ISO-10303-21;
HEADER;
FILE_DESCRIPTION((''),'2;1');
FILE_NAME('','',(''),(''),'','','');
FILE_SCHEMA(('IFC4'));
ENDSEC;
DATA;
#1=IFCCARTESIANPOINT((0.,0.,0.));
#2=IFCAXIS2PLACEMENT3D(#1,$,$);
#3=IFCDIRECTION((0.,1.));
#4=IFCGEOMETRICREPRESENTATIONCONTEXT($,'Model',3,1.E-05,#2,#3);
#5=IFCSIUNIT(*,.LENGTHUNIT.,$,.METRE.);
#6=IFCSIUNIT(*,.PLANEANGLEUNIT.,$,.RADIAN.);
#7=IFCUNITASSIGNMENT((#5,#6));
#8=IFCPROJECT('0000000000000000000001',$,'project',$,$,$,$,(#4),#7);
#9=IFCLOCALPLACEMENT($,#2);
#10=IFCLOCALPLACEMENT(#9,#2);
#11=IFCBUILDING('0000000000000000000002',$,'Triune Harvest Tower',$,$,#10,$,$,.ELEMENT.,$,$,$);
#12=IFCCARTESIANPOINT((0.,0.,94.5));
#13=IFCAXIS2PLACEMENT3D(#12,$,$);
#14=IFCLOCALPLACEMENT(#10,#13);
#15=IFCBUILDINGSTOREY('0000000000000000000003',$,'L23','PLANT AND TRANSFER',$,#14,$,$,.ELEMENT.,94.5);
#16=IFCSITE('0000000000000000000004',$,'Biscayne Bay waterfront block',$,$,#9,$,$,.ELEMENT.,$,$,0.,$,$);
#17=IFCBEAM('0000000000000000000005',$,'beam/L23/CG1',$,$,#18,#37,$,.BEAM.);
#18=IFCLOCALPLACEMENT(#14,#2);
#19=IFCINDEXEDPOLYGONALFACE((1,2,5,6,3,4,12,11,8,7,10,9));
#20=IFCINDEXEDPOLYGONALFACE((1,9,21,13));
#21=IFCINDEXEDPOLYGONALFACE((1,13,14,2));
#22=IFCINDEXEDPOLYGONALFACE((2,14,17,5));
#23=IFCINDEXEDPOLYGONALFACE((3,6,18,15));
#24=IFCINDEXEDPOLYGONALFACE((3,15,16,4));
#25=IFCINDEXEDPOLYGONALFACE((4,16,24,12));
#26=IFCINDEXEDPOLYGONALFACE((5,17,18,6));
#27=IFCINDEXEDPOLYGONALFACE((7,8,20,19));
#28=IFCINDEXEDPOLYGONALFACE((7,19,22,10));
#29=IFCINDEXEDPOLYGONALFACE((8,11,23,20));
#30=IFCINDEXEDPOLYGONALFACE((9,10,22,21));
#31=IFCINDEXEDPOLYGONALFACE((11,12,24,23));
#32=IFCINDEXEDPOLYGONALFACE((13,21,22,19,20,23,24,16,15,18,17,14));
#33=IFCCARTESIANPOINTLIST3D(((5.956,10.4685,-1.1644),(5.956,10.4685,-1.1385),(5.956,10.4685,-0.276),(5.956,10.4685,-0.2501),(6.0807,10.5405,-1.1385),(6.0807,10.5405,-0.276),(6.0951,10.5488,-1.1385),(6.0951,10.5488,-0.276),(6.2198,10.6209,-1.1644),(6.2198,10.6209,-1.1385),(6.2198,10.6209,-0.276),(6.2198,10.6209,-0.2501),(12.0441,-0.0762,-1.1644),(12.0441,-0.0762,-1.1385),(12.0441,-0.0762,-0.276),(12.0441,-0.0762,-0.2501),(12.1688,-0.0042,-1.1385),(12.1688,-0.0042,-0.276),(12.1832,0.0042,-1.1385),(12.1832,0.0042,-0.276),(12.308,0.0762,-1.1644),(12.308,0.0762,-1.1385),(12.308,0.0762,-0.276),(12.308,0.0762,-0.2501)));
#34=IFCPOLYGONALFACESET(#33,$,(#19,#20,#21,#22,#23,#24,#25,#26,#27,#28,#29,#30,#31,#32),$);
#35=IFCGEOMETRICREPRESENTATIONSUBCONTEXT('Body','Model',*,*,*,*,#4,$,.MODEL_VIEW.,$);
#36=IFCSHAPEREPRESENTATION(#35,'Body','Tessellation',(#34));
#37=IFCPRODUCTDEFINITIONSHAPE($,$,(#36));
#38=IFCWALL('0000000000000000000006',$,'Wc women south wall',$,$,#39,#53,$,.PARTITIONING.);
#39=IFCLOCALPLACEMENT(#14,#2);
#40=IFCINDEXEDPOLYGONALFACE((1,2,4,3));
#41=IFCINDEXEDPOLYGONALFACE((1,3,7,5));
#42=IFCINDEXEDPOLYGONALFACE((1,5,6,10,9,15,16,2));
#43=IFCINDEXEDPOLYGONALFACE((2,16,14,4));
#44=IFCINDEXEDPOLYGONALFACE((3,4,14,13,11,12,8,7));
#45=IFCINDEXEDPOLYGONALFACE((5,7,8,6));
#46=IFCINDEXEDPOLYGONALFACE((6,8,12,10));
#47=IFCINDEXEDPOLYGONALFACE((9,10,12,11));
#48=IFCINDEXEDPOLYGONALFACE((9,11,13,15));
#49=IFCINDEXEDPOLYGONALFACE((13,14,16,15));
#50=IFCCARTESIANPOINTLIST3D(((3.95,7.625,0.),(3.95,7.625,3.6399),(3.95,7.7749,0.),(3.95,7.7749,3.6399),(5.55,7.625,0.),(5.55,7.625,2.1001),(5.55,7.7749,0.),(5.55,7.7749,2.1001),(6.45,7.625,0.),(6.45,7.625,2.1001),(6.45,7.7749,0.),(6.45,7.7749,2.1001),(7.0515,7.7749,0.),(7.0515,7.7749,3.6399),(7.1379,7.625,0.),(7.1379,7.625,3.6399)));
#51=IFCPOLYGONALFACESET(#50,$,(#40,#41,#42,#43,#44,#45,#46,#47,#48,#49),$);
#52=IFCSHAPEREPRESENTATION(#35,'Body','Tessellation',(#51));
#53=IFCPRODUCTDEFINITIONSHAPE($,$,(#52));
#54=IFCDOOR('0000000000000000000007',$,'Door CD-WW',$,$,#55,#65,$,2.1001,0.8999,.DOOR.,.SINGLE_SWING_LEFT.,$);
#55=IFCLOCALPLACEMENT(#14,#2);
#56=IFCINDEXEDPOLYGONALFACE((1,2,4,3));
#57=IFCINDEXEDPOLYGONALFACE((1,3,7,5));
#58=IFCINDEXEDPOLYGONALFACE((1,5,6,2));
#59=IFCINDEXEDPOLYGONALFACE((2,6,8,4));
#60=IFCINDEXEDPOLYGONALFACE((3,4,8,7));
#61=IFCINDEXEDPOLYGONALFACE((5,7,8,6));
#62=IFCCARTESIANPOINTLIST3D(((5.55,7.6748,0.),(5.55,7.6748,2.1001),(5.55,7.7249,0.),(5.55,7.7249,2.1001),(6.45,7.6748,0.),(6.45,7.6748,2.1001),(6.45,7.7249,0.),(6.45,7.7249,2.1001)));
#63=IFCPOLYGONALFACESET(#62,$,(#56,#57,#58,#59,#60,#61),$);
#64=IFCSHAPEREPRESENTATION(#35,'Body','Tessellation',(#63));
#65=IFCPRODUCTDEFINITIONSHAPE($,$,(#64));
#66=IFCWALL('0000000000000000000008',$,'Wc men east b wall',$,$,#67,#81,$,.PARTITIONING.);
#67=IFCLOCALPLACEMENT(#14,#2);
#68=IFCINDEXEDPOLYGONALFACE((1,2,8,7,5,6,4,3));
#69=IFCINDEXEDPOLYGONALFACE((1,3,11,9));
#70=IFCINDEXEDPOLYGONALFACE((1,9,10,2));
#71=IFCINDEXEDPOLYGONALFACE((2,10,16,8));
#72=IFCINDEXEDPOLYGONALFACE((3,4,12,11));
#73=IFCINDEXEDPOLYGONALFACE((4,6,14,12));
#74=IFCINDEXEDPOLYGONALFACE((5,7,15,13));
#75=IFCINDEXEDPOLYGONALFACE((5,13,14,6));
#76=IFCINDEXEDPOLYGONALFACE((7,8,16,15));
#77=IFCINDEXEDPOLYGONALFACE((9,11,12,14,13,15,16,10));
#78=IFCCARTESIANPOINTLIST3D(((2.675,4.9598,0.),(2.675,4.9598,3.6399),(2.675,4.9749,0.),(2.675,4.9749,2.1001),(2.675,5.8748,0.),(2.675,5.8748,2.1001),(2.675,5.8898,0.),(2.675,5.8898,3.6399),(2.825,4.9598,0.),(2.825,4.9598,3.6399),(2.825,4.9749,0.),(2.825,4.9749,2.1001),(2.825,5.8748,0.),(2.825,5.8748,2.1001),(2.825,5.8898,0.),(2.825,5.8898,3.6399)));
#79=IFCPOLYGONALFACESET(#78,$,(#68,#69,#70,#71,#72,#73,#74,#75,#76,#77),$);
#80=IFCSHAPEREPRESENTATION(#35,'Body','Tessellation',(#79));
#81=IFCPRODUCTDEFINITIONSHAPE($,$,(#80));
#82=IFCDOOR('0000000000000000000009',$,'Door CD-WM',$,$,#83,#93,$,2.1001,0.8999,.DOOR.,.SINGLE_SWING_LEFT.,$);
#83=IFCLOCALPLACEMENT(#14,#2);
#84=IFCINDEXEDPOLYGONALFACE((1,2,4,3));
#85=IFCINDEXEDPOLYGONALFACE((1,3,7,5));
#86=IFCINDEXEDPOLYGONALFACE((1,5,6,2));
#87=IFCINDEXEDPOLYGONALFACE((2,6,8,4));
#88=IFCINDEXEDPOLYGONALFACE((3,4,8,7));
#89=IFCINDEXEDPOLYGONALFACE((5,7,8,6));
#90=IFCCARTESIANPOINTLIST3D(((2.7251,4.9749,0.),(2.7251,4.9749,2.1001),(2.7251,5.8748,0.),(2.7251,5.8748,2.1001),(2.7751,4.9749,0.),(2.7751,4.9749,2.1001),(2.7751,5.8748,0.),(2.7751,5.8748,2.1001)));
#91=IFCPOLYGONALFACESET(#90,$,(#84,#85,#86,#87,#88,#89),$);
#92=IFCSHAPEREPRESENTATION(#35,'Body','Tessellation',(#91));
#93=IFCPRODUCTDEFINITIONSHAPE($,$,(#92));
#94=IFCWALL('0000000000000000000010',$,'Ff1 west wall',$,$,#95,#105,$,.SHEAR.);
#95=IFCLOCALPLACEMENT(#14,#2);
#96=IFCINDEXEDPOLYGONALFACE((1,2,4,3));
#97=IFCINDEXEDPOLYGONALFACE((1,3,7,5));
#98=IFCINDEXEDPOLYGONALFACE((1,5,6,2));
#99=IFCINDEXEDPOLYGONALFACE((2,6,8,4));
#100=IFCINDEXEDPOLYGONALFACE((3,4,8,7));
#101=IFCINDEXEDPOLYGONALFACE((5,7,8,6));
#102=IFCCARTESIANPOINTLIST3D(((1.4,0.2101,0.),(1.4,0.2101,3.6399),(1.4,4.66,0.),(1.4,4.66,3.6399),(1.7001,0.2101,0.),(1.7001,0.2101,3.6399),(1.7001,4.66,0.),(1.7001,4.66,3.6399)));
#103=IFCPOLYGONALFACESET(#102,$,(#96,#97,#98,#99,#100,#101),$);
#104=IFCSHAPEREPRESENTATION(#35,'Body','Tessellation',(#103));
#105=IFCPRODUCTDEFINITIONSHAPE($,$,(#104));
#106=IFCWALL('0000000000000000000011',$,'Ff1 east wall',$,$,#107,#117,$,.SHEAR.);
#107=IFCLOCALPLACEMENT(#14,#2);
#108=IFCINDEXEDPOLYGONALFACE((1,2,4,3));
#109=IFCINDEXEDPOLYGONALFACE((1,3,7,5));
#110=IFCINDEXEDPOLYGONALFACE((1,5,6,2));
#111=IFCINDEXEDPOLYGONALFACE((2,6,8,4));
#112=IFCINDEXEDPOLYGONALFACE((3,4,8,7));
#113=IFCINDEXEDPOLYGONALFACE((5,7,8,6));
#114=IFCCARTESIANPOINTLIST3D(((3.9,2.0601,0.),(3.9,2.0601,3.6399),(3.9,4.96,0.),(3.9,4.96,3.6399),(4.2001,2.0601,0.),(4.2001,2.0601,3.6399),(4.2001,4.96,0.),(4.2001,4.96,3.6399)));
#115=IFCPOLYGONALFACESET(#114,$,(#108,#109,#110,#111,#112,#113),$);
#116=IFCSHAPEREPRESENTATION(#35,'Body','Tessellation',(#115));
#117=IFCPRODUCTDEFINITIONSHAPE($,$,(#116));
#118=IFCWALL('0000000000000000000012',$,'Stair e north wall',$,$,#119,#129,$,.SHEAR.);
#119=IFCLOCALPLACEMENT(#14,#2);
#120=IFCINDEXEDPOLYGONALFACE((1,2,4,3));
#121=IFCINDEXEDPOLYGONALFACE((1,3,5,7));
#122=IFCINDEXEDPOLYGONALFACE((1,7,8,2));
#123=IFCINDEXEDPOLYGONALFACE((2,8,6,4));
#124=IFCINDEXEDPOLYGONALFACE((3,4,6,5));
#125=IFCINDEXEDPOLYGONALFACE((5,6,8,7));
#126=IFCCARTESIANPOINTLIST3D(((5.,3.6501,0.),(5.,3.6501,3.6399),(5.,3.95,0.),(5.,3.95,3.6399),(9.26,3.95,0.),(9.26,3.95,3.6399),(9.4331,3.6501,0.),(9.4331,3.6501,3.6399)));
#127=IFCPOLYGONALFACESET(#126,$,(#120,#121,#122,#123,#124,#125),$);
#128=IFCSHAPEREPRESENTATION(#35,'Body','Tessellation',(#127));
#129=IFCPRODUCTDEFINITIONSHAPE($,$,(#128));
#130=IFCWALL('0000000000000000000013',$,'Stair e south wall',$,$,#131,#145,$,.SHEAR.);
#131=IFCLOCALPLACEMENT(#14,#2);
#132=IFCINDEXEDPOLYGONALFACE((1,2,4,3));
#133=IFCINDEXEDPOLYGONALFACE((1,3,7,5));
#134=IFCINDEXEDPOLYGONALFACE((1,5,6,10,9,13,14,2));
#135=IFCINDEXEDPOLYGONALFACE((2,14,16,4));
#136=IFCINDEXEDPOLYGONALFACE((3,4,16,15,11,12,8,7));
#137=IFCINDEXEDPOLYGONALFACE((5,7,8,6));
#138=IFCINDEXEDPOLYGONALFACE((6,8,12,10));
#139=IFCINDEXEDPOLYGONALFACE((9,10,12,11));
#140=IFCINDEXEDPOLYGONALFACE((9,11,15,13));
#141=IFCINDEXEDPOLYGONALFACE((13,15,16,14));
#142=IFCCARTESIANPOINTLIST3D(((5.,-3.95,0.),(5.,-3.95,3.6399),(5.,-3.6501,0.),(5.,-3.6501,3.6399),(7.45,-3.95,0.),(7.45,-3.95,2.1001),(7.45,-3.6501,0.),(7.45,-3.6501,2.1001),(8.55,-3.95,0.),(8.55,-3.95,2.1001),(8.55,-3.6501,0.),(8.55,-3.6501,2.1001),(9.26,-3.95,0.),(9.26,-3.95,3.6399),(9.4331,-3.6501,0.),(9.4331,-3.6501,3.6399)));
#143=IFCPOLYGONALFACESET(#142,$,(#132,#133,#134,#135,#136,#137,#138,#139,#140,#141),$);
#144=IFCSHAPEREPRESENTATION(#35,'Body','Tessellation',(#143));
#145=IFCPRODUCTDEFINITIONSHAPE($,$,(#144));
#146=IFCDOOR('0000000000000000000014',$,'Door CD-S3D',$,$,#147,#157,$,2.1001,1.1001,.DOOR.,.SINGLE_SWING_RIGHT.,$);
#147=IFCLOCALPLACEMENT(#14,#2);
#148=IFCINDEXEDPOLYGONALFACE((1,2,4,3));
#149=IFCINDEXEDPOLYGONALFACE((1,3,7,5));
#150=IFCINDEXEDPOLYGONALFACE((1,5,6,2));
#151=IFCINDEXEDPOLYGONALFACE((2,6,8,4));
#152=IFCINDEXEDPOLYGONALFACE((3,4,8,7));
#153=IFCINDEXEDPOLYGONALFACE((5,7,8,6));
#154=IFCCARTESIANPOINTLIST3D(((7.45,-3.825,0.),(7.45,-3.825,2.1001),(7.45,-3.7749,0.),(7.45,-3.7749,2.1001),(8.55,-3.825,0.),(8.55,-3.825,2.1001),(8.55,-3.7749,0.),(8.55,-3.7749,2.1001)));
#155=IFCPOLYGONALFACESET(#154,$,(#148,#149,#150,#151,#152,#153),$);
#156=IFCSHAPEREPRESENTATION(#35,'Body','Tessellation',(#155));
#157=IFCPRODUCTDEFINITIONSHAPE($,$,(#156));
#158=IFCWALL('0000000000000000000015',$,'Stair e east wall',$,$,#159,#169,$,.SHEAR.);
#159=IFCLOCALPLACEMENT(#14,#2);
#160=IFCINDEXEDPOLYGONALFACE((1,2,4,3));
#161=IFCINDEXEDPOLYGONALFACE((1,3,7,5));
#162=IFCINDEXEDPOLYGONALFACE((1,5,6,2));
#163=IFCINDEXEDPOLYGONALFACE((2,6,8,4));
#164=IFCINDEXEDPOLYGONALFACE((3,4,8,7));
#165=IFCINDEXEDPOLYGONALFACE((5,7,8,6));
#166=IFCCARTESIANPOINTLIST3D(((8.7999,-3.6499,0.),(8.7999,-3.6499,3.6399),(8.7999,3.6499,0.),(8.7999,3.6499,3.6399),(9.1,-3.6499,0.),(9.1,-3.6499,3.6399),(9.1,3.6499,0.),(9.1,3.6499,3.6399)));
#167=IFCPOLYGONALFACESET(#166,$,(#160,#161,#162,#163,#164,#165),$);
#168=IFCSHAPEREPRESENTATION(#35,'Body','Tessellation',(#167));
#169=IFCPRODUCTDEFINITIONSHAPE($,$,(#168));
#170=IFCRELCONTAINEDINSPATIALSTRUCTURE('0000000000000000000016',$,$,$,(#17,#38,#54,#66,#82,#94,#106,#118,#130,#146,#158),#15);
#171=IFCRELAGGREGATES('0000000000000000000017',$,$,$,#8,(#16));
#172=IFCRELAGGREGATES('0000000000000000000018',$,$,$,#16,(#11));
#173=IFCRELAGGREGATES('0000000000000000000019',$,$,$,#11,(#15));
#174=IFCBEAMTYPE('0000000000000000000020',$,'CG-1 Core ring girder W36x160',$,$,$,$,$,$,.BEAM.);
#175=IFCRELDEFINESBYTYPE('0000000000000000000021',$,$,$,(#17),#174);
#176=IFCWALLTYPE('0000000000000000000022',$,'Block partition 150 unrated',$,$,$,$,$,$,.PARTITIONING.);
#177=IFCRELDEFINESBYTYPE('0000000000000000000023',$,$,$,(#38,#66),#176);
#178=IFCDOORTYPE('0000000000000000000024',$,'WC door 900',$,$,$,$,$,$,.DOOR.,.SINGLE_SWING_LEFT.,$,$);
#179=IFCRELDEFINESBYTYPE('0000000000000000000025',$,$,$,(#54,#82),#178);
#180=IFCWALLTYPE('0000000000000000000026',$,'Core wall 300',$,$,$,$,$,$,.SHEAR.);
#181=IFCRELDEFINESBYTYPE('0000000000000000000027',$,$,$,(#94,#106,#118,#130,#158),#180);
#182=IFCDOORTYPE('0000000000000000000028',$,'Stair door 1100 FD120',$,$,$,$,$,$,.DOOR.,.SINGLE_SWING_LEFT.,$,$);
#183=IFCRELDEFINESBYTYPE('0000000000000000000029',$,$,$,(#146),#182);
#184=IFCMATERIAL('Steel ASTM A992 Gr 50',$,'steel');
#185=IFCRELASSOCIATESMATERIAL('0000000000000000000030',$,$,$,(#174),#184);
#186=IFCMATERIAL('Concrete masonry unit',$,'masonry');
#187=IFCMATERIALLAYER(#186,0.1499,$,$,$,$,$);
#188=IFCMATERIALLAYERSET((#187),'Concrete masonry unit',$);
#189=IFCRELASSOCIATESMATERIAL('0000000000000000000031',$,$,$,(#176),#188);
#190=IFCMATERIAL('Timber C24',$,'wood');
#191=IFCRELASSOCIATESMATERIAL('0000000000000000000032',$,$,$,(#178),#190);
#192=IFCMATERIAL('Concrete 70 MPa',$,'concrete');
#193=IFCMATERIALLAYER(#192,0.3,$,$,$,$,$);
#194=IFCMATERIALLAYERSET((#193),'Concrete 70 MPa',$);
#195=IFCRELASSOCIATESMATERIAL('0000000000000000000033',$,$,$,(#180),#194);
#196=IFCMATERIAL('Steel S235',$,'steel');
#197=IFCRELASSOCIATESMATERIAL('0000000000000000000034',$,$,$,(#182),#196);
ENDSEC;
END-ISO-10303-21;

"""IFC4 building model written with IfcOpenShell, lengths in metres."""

from ifc_helpers import new_model, si_unit, direction, frame, frame_2d, origin, origin_2d, place, context, subcontext, project, spatial, polyline, rectangle, i_section, outline, extrude, source, transform, mapped, material, layer, layer_set, material_profile, profile_set, type_object, element, fill, save


model = new_model("IFC4")

# Units and contexts
model_context = context("Model", 3, precision=1e-05, world=origin(), true_north=direction((0.0, 1.0)))
body_context = subcontext(model_context, "Body", "Model", "MODEL_VIEW")
ifc_project = project(units=[si_unit("LENGTHUNIT", "METRE"), si_unit("PLANEANGLEUNIT", "RADIAN")], contexts=[model_context])

# Site, building, storey
site_placement = place(None, origin())
site = spatial("IfcSite", under=ifc_project, at=site_placement, Name="Biscayne Bay waterfront block", CompositionType="ELEMENT", RefElevation=0.0)
building_placement = place(site_placement, origin())
building = spatial("IfcBuilding", under=site, at=building_placement, Name="Triune Harvest Tower", CompositionType="ELEMENT")
storey_placement = place(building_placement, frame((0.0, 0.0, 94.5)))
storey = spatial("IfcBuildingStorey", under=building, at=storey_placement, Name="L23", Description="PLANT AND TRANSFER", CompositionType="ELEMENT", Elevation=94.5)

# Beam
ifc_material_1 = material(Name="Steel ASTM A992 Gr 50", Category="steel")
ifc_material_profile = material_profile(ifc_material_1, i_section(OverallWidth=0.3047, OverallDepth=0.9143, WebThickness=0.0166, FlangeThickness=0.0259, at=origin_2d()), Name="W36x160")
ifc_profile_set = profile_set([ifc_material_profile], Name="Steel ASTM A992 Gr 50")
beam_type = type_object("IfcBeamType", Name="CG-1 Core ring girder W36x160", PredefinedType="BEAM", material=ifc_profile_set)
shared_shape_1 = source(origin(), body_context, "Body", "SweptSolid", [
    extrude(i_section(OverallWidth=0.3047, OverallDepth=0.9143, WebThickness=0.0166, FlangeThickness=0.0259, at=origin_2d()), origin(), (0.0, 0.0, 1.0), 12.176),
])
beam_placement = place(storey_placement, frame((12.176, 0.0, -0.7073), z_axis=(-0.50001, 0.86602, 0.0), x_axis=(-0.86602, -0.50001, 0.0)))
element("IfcBeam", 1, at=beam_placement, inside=storey, type_object=beam_type, Name="beam/L23/CG1", PredefinedType="BEAM", context=body_context, shape_type="MappedRepresentation", body=[
    mapped(shared_shape_1, transform((0.0, 0.0, 0.0), scale=1.0)),
])

# Walls, openings, doors
ifc_material_2 = material(Name="Concrete masonry unit", Category="masonry")
ifc_layer_1 = layer(ifc_material_2, 0.1499)
ifc_layer_set_1 = layer_set([ifc_layer_1], Name="Concrete masonry unit")
wall_type_1 = type_object("IfcWallType", Name="Block partition 150 unrated", PredefinedType="PARTITIONING", material=ifc_layer_set_1)
wall_1_placement = place(storey_placement, frame((3.95, 7.7, 0.0), z_axis=(0.0, 0.0, 1.0), x_axis=(1.0, 0.0, 0.0)))
wall_1 = element("IfcWall", 2, at=wall_1_placement, inside=storey, type_object=wall_type_1, Name="Wc women south wall", PredefinedType="PARTITIONING", context=body_context, shape_type="SweptSolid", body=[
    extrude(outline(polyline([(0.0, -0.075), (0.0, 0.075), (3.1016, 0.075), (3.188, -0.075), (0.0, -0.075)])), origin(), (0.0, 0.0, 1.0), 3.6399),
])
opening_1_placement = place(wall_1_placement, frame((1.6001, 0.0, 0.0)))
opening_1 = element("IfcOpeningElement", 3, at=opening_1_placement, cuts=wall_1, PredefinedType="OPENING", context=body_context, shape_type="SweptSolid", body=[
    extrude(rectangle(XDim=0.8999, YDim=2.1001, at=frame_2d((0.45, 1.05))), frame((0.0, 0.085, 0.0), z_axis=(0.0, -1.0, 0.0), x_axis=(1.0, 0.0, 0.0)), (0.0, 0.0, 1.0), 0.1699),
])
ifc_material_3 = material(Name="Timber C24", Category="wood")
door_type_1 = type_object("IfcDoorType", Name="WC door 900", OperationType="SINGLE_SWING_LEFT", PredefinedType="DOOR", material=ifc_material_3)
door_1_placement = place(opening_1_placement, origin())
door_1 = element("IfcDoor", 4, at=door_1_placement, inside=storey, type_object=door_type_1, Name="Door CD-WW", OperationType="SINGLE_SWING_LEFT", OverallHeight=2.1001, OverallWidth=0.8999, PredefinedType="DOOR", context=body_context, shape_type="SweptSolid", body=[
    extrude(rectangle(XDim=0.8999, YDim=2.1001, at=frame_2d((0.45, 1.05))), frame((0.0, 0.0249, 0.0), z_axis=(0.0, -1.0, 0.0), x_axis=(1.0, 0.0, 0.0)), (0.0, 0.0, 1.0), 0.05),
])
fill(opening_1, door_1)
wall_2_placement = place(storey_placement, frame((2.75, 4.96, 0.0), z_axis=(0.0, 0.0, 1.0), x_axis=(0.0, 1.0, 0.0)))
wall_2 = element("IfcWall", 5, at=wall_2_placement, inside=storey, type_object=wall_type_1, Name="Wc men east b wall", PredefinedType="PARTITIONING", context=body_context, shape_type="SweptSolid", body=[
    extrude(rectangle(XDim=0.9299, YDim=0.1499, at=frame_2d((0.4648, 0.0))), origin(), (0.0, 0.0, 1.0), 3.6399),
])
opening_2_placement = place(wall_2_placement, frame((0.0149, 0.0, 0.0)))
opening_2 = element("IfcOpeningElement", 6, at=opening_2_placement, cuts=wall_2, PredefinedType="OPENING", context=body_context, shape_type="SweptSolid", body=[
    extrude(rectangle(XDim=0.8999, YDim=2.1001, at=frame_2d((0.45, 1.05))), frame((0.0, 0.085, 0.0), z_axis=(0.0, -1.0, 0.0), x_axis=(1.0, 0.0, 0.0)), (0.0, 0.0, 1.0), 0.1699),
])
door_2_placement = place(opening_2_placement, origin())
door_2 = element("IfcDoor", 7, at=door_2_placement, inside=storey, type_object=door_type_1, Name="Door CD-WM", OperationType="SINGLE_SWING_LEFT", OverallHeight=2.1001, OverallWidth=0.8999, PredefinedType="DOOR", context=body_context, shape_type="SweptSolid", body=[
    extrude(rectangle(XDim=0.8999, YDim=2.1001, at=frame_2d((0.45, 1.05))), frame((0.0, 0.0249, 0.0), z_axis=(0.0, -1.0, 0.0), x_axis=(1.0, 0.0, 0.0)), (0.0, 0.0, 1.0), 0.05),
])
fill(opening_2, door_2)

# Walls
ifc_material_4 = material(Name="Concrete 70 MPa", Category="concrete")
ifc_layer_2 = layer(ifc_material_4, 0.3)
ifc_layer_set_2 = layer_set([ifc_layer_2], Name="Concrete 70 MPa")
wall_type_2 = type_object("IfcWallType", Name="Core wall 300", PredefinedType="SHEAR", material=ifc_layer_set_2)
wall_3_placement = place(storey_placement, frame((1.55, 0.21, 0.0), z_axis=(0.0, 0.0, 1.0), x_axis=(0.0, 1.0, 0.0)))
element("IfcWall", 8, at=wall_3_placement, inside=storey, type_object=wall_type_2, Name="Ff1 west wall", PredefinedType="SHEAR", context=body_context, shape_type="SweptSolid", body=[
    extrude(rectangle(XDim=4.45, YDim=0.3, at=frame_2d((2.2251, 0.0))), origin(), (0.0, 0.0, 1.0), 3.6399),
])
wall_4_placement = place(storey_placement, frame((4.05, 2.0601, 0.0), z_axis=(0.0, 0.0, 1.0), x_axis=(0.0, 1.0, 0.0)))
element("IfcWall", 9, at=wall_4_placement, inside=storey, type_object=wall_type_2, Name="Ff1 east wall", PredefinedType="SHEAR", context=body_context, shape_type="SweptSolid", body=[
    extrude(rectangle(XDim=2.8999, YDim=0.3, at=frame_2d((1.45, 0.0))), origin(), (0.0, 0.0, 1.0), 3.6399),
])
wall_5_placement = place(storey_placement, frame((5.0, 3.8, 0.0), z_axis=(0.0, 0.0, 1.0), x_axis=(1.0, 0.0, 0.0)))
element("IfcWall", 10, at=wall_5_placement, inside=storey, type_object=wall_type_2, Name="Stair e north wall", PredefinedType="SHEAR", context=body_context, shape_type="SweptSolid", body=[
    extrude(outline(polyline([(0.0, -0.1499), (0.0, 0.1499), (4.26, 0.1499), (4.4331, -0.1499), (0.0, -0.1499)])), origin(), (0.0, 0.0, 1.0), 3.6399),
])

# Wall, opening, door
wall_6_placement = place(storey_placement, frame((5.0, -3.8, 0.0), z_axis=(0.0, 0.0, 1.0), x_axis=(1.0, 0.0, 0.0)))
wall_6 = element("IfcWall", 11, at=wall_6_placement, inside=storey, type_object=wall_type_2, Name="Stair e south wall", PredefinedType="SHEAR", context=body_context, shape_type="SweptSolid", body=[
    extrude(outline(polyline([(0.0, -0.1499), (0.0, 0.1499), (4.4331, 0.1499), (4.26, -0.1499), (0.0, -0.1499)])), origin(), (0.0, 0.0, 1.0), 3.6399),
])
opening_3_placement = place(wall_6_placement, frame((2.45, 0.0, 0.0)))
opening_3 = element("IfcOpeningElement", 12, at=opening_3_placement, cuts=wall_6, PredefinedType="OPENING", context=body_context, shape_type="SweptSolid", body=[
    extrude(rectangle(XDim=1.1001, YDim=2.1001, at=frame_2d((0.55, 1.05))), frame((0.0, 0.1602, 0.0), z_axis=(0.0, -1.0, 0.0), x_axis=(1.0, 0.0, 0.0)), (0.0, 0.0, 1.0), 0.3201),
])
ifc_material_5 = material(Name="Steel S235", Category="steel")
door_type_2 = type_object("IfcDoorType", Name="Stair door 1100 FD120", OperationType="SINGLE_SWING_LEFT", PredefinedType="DOOR", material=ifc_material_5)
door_3_placement = place(opening_3_placement, frame((1.1001, 0.0, 0.0), z_axis=(0.0, 0.0, 1.0), x_axis=(-1.0, 0.0, 0.0)))
door_3 = element("IfcDoor", 13, at=door_3_placement, inside=storey, type_object=door_type_2, Name="Door CD-S3D", OperationType="SINGLE_SWING_RIGHT", OverallHeight=2.1001, OverallWidth=1.1001, PredefinedType="DOOR", context=body_context, shape_type="SweptSolid", body=[
    extrude(rectangle(XDim=1.1001, YDim=2.1001, at=frame_2d((0.55, 1.05))), frame((0.0, 0.0249, 0.0), z_axis=(0.0, -1.0, 0.0), x_axis=(1.0, 0.0, 0.0)), (0.0, 0.0, 1.0), 0.05),
])
fill(opening_3, door_3)

# Wall
wall_7_placement = place(storey_placement, frame((8.95, -3.6499, 0.0), z_axis=(0.0, 0.0, 1.0), x_axis=(0.0, 1.0, 0.0)))
element("IfcWall", 14, at=wall_7_placement, inside=storey, type_object=wall_type_2, Name="Stair e east wall", PredefinedType="SHEAR", context=body_context, shape_type="SweptSolid", body=[
    extrude(rectangle(XDim=7.2998, YDim=0.3, at=frame_2d((3.6499, 0.0))), origin(), (0.0, 0.0, 1.0), 3.6399),
])

save(model, "model.ifc")
